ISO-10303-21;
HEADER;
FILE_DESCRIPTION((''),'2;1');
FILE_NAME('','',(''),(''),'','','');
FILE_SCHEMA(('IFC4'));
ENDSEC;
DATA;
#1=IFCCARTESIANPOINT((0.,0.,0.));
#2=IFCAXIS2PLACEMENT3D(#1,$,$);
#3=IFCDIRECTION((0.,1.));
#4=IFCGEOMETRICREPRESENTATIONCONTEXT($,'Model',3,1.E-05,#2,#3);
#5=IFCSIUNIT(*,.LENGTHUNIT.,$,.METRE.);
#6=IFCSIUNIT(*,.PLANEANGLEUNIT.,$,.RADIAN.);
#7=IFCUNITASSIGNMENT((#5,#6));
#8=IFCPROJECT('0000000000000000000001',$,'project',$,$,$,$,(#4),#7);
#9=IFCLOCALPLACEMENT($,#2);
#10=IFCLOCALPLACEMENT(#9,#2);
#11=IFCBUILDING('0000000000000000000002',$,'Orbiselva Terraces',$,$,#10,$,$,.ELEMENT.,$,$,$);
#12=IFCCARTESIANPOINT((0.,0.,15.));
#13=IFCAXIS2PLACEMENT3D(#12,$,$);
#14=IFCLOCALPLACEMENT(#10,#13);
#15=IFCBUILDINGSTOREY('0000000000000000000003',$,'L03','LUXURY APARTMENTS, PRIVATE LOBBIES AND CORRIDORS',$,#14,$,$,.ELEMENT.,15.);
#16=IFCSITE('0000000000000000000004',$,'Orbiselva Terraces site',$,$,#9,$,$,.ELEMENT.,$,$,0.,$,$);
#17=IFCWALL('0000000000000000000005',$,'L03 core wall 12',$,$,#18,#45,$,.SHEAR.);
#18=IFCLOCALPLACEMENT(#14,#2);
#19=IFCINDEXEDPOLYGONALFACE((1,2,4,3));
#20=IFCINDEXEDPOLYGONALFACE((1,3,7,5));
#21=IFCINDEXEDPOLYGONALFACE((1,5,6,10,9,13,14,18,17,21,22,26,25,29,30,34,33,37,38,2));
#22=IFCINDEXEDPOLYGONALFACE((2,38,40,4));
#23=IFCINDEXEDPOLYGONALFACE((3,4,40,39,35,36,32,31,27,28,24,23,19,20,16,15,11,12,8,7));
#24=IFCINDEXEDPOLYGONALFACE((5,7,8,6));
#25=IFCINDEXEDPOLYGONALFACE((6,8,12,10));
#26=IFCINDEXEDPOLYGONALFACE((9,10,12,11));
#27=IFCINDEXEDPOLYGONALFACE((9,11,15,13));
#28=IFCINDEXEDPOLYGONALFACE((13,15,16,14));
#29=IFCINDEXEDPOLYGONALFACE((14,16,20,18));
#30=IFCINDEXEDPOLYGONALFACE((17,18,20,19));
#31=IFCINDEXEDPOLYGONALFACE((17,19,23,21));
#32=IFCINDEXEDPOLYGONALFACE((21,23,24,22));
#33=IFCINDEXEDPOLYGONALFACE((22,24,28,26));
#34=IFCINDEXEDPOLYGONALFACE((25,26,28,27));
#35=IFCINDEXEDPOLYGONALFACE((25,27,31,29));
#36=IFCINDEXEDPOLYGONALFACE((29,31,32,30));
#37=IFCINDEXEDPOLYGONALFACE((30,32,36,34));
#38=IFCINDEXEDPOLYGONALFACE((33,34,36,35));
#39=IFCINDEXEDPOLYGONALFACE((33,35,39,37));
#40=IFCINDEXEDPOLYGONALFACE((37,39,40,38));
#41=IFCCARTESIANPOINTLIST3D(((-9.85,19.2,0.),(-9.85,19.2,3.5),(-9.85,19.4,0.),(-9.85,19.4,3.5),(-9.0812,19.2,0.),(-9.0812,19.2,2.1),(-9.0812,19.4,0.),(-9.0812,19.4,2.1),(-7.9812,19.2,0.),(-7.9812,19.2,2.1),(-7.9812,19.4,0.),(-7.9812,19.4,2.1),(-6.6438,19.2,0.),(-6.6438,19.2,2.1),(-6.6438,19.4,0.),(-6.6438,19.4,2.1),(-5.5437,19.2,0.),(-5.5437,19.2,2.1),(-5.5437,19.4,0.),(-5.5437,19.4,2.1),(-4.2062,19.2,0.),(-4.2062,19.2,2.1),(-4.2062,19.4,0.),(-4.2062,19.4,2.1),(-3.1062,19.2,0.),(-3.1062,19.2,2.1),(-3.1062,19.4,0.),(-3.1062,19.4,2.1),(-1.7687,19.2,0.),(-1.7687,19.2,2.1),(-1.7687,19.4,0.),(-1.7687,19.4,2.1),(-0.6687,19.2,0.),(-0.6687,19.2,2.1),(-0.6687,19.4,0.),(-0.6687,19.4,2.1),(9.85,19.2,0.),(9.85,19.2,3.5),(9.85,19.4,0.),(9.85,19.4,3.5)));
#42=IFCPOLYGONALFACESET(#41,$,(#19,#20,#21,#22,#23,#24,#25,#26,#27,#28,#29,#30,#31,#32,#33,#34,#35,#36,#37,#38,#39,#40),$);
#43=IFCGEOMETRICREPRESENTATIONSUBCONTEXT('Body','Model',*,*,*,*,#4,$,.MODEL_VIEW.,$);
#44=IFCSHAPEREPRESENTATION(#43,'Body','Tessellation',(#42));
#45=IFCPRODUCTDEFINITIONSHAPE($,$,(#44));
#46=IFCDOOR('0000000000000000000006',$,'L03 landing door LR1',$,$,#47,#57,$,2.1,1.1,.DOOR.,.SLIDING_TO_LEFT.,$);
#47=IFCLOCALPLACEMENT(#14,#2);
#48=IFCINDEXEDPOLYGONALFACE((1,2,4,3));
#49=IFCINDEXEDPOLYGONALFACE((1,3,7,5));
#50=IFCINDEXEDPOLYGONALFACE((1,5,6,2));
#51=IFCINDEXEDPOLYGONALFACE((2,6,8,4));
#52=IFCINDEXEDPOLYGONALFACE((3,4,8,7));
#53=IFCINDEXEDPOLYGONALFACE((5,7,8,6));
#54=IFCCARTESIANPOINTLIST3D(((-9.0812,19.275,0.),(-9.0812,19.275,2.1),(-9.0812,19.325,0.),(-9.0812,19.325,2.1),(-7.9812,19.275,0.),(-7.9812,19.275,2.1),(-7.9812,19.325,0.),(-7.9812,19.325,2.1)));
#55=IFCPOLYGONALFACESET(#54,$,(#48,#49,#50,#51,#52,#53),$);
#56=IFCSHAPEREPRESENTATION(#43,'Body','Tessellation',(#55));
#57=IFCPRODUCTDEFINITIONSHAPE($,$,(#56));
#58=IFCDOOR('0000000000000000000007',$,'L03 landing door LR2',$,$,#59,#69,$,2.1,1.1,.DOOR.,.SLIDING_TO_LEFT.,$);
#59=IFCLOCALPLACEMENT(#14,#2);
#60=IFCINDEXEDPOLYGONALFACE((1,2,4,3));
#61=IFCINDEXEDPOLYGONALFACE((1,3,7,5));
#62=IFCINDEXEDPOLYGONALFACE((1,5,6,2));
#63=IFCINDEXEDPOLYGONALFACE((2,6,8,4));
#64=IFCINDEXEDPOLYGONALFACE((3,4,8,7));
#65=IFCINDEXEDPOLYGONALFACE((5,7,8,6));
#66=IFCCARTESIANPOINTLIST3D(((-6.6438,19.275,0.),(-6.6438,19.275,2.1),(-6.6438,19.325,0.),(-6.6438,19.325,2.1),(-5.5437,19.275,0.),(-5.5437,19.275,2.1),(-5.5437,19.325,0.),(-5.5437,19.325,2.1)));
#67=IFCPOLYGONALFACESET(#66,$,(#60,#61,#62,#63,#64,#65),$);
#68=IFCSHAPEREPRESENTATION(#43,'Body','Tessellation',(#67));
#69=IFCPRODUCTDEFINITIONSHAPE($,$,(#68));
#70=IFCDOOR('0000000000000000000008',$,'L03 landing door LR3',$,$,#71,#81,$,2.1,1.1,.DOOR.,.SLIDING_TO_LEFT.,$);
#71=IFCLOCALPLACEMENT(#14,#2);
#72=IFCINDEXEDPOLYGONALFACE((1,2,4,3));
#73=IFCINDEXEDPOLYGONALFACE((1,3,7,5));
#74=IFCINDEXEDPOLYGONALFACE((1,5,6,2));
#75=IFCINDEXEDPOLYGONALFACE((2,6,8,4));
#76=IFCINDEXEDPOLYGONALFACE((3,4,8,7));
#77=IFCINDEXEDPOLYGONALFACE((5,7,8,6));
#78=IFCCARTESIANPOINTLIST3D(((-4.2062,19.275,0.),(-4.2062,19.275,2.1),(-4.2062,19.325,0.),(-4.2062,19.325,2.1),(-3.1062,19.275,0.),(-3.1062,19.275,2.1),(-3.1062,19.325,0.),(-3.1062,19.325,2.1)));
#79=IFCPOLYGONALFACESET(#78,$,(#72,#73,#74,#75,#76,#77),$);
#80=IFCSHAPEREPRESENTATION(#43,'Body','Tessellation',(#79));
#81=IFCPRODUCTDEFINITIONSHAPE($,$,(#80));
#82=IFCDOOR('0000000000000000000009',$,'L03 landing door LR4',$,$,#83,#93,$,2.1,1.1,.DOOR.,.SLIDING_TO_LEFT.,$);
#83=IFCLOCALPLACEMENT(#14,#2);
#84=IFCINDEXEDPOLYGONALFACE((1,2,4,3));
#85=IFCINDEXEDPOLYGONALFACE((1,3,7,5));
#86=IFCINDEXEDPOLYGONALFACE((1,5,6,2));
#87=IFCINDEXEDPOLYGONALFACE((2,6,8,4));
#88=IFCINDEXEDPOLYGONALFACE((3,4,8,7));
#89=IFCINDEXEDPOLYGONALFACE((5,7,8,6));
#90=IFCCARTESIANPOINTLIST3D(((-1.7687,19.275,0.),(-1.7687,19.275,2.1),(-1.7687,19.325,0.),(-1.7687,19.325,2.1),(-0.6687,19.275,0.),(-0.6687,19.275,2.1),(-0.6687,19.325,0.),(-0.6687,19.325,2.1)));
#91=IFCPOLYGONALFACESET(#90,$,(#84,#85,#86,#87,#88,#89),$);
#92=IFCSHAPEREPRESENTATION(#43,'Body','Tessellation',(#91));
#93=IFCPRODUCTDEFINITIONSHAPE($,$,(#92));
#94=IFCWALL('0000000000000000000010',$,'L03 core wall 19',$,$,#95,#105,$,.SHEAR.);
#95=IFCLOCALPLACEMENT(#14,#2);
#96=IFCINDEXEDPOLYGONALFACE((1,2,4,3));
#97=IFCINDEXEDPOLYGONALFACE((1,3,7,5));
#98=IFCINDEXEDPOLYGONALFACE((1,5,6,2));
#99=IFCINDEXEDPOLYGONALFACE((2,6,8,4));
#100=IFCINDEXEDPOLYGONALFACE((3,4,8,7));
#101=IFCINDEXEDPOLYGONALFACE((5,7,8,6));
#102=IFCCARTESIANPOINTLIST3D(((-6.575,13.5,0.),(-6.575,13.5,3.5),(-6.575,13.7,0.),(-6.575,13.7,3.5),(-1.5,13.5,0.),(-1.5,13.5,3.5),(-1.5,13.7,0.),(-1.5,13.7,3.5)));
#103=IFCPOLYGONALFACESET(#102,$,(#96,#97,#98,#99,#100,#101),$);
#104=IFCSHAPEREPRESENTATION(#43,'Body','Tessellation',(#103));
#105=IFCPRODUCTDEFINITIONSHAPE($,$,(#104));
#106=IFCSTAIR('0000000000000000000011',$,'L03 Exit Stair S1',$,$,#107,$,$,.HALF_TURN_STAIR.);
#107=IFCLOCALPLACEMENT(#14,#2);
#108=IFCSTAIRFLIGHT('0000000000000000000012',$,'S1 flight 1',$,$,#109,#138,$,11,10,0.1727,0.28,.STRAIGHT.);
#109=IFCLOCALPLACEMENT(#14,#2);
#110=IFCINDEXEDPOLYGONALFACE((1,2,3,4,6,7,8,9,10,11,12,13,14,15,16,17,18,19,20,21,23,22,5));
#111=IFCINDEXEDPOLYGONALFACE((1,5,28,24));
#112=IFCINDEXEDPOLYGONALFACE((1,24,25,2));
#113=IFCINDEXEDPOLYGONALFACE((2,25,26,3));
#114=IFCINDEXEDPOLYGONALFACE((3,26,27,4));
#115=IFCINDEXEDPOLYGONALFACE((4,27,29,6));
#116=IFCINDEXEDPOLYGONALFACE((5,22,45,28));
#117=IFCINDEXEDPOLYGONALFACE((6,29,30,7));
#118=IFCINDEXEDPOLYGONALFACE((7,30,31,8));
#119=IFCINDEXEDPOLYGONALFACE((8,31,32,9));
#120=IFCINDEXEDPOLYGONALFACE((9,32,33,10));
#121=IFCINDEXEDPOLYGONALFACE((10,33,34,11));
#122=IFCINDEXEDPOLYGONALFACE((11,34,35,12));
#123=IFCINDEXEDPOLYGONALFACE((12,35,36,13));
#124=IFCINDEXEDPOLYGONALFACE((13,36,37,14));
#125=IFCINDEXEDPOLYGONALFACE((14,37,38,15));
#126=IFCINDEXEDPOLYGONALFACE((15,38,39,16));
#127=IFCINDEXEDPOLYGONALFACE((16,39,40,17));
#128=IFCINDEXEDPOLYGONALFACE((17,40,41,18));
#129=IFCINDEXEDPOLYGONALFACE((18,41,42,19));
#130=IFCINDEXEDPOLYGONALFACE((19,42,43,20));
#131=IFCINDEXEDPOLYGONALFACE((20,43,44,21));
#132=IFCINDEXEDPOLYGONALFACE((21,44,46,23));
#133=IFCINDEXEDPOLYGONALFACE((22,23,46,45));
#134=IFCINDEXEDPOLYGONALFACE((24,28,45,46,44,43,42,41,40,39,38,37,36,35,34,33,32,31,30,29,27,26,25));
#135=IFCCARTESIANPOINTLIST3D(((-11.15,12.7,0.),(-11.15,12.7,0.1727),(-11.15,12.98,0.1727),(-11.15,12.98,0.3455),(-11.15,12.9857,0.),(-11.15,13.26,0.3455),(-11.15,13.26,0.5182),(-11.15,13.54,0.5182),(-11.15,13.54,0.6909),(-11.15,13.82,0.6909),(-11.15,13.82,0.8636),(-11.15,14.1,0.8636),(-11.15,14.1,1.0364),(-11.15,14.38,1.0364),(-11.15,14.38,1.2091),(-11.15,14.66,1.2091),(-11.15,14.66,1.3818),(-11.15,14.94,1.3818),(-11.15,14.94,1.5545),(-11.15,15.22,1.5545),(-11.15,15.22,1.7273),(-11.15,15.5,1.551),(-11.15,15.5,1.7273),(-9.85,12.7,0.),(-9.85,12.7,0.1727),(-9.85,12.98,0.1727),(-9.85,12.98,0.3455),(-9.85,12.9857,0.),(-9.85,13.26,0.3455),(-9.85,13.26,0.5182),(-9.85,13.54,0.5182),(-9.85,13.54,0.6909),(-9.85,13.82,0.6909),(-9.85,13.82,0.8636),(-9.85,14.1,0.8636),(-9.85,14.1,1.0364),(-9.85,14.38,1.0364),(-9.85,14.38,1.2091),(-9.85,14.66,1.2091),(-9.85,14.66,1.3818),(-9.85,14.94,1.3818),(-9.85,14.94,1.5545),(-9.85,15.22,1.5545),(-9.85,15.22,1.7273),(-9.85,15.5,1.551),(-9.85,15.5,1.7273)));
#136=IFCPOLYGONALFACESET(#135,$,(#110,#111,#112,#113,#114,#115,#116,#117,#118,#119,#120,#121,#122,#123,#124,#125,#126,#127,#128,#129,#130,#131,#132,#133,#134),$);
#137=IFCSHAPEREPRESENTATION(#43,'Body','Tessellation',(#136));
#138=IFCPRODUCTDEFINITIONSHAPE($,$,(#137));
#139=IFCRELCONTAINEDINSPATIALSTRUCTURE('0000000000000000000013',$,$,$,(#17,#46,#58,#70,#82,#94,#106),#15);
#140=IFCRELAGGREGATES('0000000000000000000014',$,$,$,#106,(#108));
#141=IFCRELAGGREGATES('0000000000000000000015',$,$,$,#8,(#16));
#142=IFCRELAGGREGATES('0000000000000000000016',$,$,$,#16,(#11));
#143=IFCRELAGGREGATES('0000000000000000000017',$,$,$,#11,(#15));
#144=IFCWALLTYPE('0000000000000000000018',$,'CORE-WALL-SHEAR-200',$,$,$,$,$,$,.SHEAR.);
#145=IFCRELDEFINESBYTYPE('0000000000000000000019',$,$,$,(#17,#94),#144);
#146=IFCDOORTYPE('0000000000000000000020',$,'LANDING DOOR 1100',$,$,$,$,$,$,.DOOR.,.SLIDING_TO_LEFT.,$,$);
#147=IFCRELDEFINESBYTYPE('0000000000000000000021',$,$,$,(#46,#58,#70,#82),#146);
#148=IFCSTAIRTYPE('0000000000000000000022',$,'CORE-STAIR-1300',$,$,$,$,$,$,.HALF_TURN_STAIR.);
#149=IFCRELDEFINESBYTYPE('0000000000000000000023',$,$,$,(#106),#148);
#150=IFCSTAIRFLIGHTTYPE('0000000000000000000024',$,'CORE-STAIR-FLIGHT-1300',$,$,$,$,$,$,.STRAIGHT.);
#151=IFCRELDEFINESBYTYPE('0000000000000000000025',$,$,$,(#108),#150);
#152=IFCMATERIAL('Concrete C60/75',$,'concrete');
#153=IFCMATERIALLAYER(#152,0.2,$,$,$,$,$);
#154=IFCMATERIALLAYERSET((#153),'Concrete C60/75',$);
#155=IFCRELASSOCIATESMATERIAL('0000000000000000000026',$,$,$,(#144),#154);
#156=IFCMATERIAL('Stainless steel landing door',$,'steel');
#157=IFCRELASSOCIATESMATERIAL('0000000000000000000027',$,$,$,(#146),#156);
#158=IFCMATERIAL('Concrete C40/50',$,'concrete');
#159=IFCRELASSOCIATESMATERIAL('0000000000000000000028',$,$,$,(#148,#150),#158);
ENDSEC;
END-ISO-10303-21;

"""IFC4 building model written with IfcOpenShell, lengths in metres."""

from ifc_helpers import new_model, si_unit, direction, frame, frame_2d, origin, place, context, subcontext, project, spatial, polyline, rectangle, outline, extrude, material, layer, layer_set, type_object, element, fill, aggregate, save


model = new_model("IFC4")

# Units and contexts
model_context = context("Model", 3, precision=1e-05, world=origin(), true_north=direction((0.0, 1.0)))
body_context = subcontext(model_context, "Body", "Model", "MODEL_VIEW")
ifc_project = project(units=[si_unit("LENGTHUNIT", "METRE"), si_unit("PLANEANGLEUNIT", "RADIAN")], contexts=[model_context])

# Site, building, storey
site_placement = place(None, origin())
site = spatial("IfcSite", under=ifc_project, at=site_placement, Name="Orbiselva Terraces site", CompositionType="ELEMENT", RefElevation=0.0)
building_placement = place(site_placement, origin())
building = spatial("IfcBuilding", under=site, at=building_placement, Name="Orbiselva Terraces", CompositionType="ELEMENT")
storey_placement = place(building_placement, frame((0.0, 0.0, 15.0)))
storey = spatial("IfcBuildingStorey", under=building, at=storey_placement, Name="L03", Description="LUXURY APARTMENTS, PRIVATE LOBBIES AND CORRIDORS", CompositionType="ELEMENT", Elevation=15.0)

# Shared definitions
ifc_material_1 = material(Name="Concrete C40/50", Category="concrete")
ifc_material_2 = material(Name="Concrete C60/75", Category="concrete")
ifc_layer_1 = layer(ifc_material_2, 0.2)
ifc_layer_set_1 = layer_set([ifc_layer_1], Name="Concrete C60/75")
wall_type_1 = type_object("IfcWallType", Name="CORE-WALL-SHEAR-200", PredefinedType="SHEAR", material=ifc_layer_set_1)

# Wall, openings, doors
wall_1_placement = place(storey_placement, frame((-9.85, 19.3, 0.0), z_axis=(0.0, 0.0, 1.0), x_axis=(1.0, 0.0, 0.0)))
wall_1 = element("IfcWall", 1, at=wall_1_placement, inside=storey, type_object=wall_type_1, Name="L03 core wall 12", PredefinedType="SHEAR", context=body_context, shape_type="SweptSolid", body=[
    extrude(rectangle(XDim=19.7, YDim=0.2, at=frame_2d((9.85, 0.0))), origin(), (0.0, 0.0, 1.0), 3.5),
])
opening_1_placement = place(wall_1_placement, frame((0.7688, 0.0, 0.0)))
opening_1 = element("IfcOpeningElement", 2, at=opening_1_placement, cuts=wall_1, PredefinedType="OPENING", context=body_context, shape_type="SweptSolid", body=[
    extrude(rectangle(XDim=1.1, YDim=2.1, at=frame_2d((0.55, 1.05))), frame((0.0, 0.11, 0.0), z_axis=(0.0, -1.0, 0.0), x_axis=(1.0, 0.0, 0.0)), (0.0, 0.0, 1.0), 0.22),
])
opening_2_placement = place(wall_1_placement, frame((3.2062, 0.0, 0.0)))
opening_2 = element("IfcOpeningElement", 3, at=opening_2_placement, cuts=wall_1, PredefinedType="OPENING", context=body_context, shape_type="SweptSolid", body=[
    extrude(rectangle(XDim=1.1, YDim=2.1, at=frame_2d((0.55, 1.05))), frame((0.0, 0.11, 0.0), z_axis=(0.0, -1.0, 0.0), x_axis=(1.0, 0.0, 0.0)), (0.0, 0.0, 1.0), 0.22),
])
opening_3_placement = place(wall_1_placement, frame((5.6437, 0.0, 0.0)))
opening_3 = element("IfcOpeningElement", 4, at=opening_3_placement, cuts=wall_1, PredefinedType="OPENING", context=body_context, shape_type="SweptSolid", body=[
    extrude(rectangle(XDim=1.1, YDim=2.1, at=frame_2d((0.55, 1.05))), frame((0.0, 0.11, 0.0), z_axis=(0.0, -1.0, 0.0), x_axis=(1.0, 0.0, 0.0)), (0.0, 0.0, 1.0), 0.22),
])
opening_4_placement = place(wall_1_placement, frame((8.0813, 0.0, 0.0)))
opening_4 = element("IfcOpeningElement", 5, at=opening_4_placement, cuts=wall_1, PredefinedType="OPENING", context=body_context, shape_type="SweptSolid", body=[
    extrude(rectangle(XDim=1.1, YDim=2.1, at=frame_2d((0.55, 1.05))), frame((0.0, 0.11, 0.0), z_axis=(0.0, -1.0, 0.0), x_axis=(1.0, 0.0, 0.0)), (0.0, 0.0, 1.0), 0.22),
])
ifc_material_3 = material(Name="Stainless steel landing door", Category="steel")
door_type_1 = type_object("IfcDoorType", Name="LANDING DOOR 1100", OperationType="SLIDING_TO_LEFT", PredefinedType="DOOR", material=ifc_material_3)
door_1_placement = place(opening_1_placement, origin())
door_1 = element("IfcDoor", 6, at=door_1_placement, inside=storey, type_object=door_type_1, Name="L03 landing door LR1", OperationType="SLIDING_TO_LEFT", OverallHeight=2.1, OverallWidth=1.1, PredefinedType="DOOR", context=body_context, shape_type="SweptSolid", body=[
    extrude(rectangle(XDim=1.1, YDim=2.1, at=frame_2d((0.55, 1.05))), frame((0.0, 0.025, 0.0), z_axis=(0.0, -1.0, 0.0), x_axis=(1.0, 0.0, 0.0)), (0.0, 0.0, 1.0), 0.05),
])
fill(opening_1, door_1)
door_2_placement = place(opening_2_placement, origin())
door_2 = element("IfcDoor", 7, at=door_2_placement, inside=storey, type_object=door_type_1, Name="L03 landing door LR2", OperationType="SLIDING_TO_LEFT", OverallHeight=2.1, OverallWidth=1.1, PredefinedType="DOOR", context=body_context, shape_type="SweptSolid", body=[
    extrude(rectangle(XDim=1.1, YDim=2.1, at=frame_2d((0.55, 1.05))), frame((0.0, 0.025, 0.0), z_axis=(0.0, -1.0, 0.0), x_axis=(1.0, 0.0, 0.0)), (0.0, 0.0, 1.0), 0.05),
])
fill(opening_2, door_2)
door_3_placement = place(opening_3_placement, origin())
door_3 = element("IfcDoor", 8, at=door_3_placement, inside=storey, type_object=door_type_1, Name="L03 landing door LR3", OperationType="SLIDING_TO_LEFT", OverallHeight=2.1, OverallWidth=1.1, PredefinedType="DOOR", context=body_context, shape_type="SweptSolid", body=[
    extrude(rectangle(XDim=1.1, YDim=2.1, at=frame_2d((0.55, 1.05))), frame((0.0, 0.025, 0.0), z_axis=(0.0, -1.0, 0.0), x_axis=(1.0, 0.0, 0.0)), (0.0, 0.0, 1.0), 0.05),
])
fill(opening_3, door_3)
door_4_placement = place(opening_4_placement, origin())
door_4 = element("IfcDoor", 9, at=door_4_placement, inside=storey, type_object=door_type_1, Name="L03 landing door LR4", OperationType="SLIDING_TO_LEFT", OverallHeight=2.1, OverallWidth=1.1, PredefinedType="DOOR", context=body_context, shape_type="SweptSolid", body=[
    extrude(rectangle(XDim=1.1, YDim=2.1, at=frame_2d((0.55, 1.05))), frame((0.0, 0.025, 0.0), z_axis=(0.0, -1.0, 0.0), x_axis=(1.0, 0.0, 0.0)), (0.0, 0.0, 1.0), 0.05),
])
fill(opening_4, door_4)

# Wall
wall_2_placement = place(storey_placement, frame((-6.575, 13.6, 0.0), z_axis=(0.0, 0.0, 1.0), x_axis=(1.0, 0.0, 0.0)))
element("IfcWall", 10, at=wall_2_placement, inside=storey, type_object=wall_type_1, Name="L03 core wall 19", PredefinedType="SHEAR", context=body_context, shape_type="SweptSolid", body=[
    extrude(rectangle(XDim=5.075, YDim=0.2, at=frame_2d((2.5375, 0.0))), origin(), (0.0, 0.0, 1.0), 3.5),
])

# Stair, stair flight
stair_type = type_object("IfcStairType", Name="CORE-STAIR-1300", PredefinedType="HALF_TURN_STAIR", material=ifc_material_1)
stair_placement = place(storey_placement, origin())
stair = element("IfcStair", 11, at=stair_placement, inside=storey, type_object=stair_type, Name="L03 Exit Stair S1", PredefinedType="HALF_TURN_STAIR")
stair_flight_type = type_object("IfcStairFlightType", Name="CORE-STAIR-FLIGHT-1300", PredefinedType="STRAIGHT", material=ifc_material_1)
stair_flight_placement = place(storey_placement, frame((-10.5, 12.7, 0.0), z_axis=(0.0, 0.0, 1.0), x_axis=(0.0, 1.0, 0.0)))
stair_flight = element("IfcStairFlight", 12, at=stair_flight_placement, type_object=stair_flight_type, Name="S1 flight 1", NumberOfRisers=11, NumberOfTreads=10, PredefinedType="STRAIGHT", RiserHeight=0.1727, TreadLength=0.28, context=body_context, shape_type="SweptSolid", body=[
    extrude(outline(polyline([(0.0, 0.0), (0.0, 0.1727), (0.28, 0.1727), (0.28, 0.3455), (0.56, 0.3455), (0.56, 0.5182), (0.84, 0.5182), (0.84, 0.6909), (1.12, 0.6909), (1.12, 0.8636), (1.4, 0.8636), (1.4, 1.0364), (1.68, 1.0364), (1.68, 1.2091), (1.96, 1.2091), (1.96, 1.3818), (2.24, 1.3818), (2.24, 1.5545), (2.52, 1.5545), (2.52, 1.7273), (2.8, 1.7273), (2.8, 1.9), (2.8, 1.551), (0.2857, 0.0), (0.0, 0.0)])), frame((0.0, 0.65, 0.0), z_axis=(0.0, -1.0, 0.0), x_axis=(1.0, 0.0, 0.0)), (0.0, 0.0, 1.0), 1.3),
])
aggregate(stair, [stair_flight])

save(model, "model.ifc")
